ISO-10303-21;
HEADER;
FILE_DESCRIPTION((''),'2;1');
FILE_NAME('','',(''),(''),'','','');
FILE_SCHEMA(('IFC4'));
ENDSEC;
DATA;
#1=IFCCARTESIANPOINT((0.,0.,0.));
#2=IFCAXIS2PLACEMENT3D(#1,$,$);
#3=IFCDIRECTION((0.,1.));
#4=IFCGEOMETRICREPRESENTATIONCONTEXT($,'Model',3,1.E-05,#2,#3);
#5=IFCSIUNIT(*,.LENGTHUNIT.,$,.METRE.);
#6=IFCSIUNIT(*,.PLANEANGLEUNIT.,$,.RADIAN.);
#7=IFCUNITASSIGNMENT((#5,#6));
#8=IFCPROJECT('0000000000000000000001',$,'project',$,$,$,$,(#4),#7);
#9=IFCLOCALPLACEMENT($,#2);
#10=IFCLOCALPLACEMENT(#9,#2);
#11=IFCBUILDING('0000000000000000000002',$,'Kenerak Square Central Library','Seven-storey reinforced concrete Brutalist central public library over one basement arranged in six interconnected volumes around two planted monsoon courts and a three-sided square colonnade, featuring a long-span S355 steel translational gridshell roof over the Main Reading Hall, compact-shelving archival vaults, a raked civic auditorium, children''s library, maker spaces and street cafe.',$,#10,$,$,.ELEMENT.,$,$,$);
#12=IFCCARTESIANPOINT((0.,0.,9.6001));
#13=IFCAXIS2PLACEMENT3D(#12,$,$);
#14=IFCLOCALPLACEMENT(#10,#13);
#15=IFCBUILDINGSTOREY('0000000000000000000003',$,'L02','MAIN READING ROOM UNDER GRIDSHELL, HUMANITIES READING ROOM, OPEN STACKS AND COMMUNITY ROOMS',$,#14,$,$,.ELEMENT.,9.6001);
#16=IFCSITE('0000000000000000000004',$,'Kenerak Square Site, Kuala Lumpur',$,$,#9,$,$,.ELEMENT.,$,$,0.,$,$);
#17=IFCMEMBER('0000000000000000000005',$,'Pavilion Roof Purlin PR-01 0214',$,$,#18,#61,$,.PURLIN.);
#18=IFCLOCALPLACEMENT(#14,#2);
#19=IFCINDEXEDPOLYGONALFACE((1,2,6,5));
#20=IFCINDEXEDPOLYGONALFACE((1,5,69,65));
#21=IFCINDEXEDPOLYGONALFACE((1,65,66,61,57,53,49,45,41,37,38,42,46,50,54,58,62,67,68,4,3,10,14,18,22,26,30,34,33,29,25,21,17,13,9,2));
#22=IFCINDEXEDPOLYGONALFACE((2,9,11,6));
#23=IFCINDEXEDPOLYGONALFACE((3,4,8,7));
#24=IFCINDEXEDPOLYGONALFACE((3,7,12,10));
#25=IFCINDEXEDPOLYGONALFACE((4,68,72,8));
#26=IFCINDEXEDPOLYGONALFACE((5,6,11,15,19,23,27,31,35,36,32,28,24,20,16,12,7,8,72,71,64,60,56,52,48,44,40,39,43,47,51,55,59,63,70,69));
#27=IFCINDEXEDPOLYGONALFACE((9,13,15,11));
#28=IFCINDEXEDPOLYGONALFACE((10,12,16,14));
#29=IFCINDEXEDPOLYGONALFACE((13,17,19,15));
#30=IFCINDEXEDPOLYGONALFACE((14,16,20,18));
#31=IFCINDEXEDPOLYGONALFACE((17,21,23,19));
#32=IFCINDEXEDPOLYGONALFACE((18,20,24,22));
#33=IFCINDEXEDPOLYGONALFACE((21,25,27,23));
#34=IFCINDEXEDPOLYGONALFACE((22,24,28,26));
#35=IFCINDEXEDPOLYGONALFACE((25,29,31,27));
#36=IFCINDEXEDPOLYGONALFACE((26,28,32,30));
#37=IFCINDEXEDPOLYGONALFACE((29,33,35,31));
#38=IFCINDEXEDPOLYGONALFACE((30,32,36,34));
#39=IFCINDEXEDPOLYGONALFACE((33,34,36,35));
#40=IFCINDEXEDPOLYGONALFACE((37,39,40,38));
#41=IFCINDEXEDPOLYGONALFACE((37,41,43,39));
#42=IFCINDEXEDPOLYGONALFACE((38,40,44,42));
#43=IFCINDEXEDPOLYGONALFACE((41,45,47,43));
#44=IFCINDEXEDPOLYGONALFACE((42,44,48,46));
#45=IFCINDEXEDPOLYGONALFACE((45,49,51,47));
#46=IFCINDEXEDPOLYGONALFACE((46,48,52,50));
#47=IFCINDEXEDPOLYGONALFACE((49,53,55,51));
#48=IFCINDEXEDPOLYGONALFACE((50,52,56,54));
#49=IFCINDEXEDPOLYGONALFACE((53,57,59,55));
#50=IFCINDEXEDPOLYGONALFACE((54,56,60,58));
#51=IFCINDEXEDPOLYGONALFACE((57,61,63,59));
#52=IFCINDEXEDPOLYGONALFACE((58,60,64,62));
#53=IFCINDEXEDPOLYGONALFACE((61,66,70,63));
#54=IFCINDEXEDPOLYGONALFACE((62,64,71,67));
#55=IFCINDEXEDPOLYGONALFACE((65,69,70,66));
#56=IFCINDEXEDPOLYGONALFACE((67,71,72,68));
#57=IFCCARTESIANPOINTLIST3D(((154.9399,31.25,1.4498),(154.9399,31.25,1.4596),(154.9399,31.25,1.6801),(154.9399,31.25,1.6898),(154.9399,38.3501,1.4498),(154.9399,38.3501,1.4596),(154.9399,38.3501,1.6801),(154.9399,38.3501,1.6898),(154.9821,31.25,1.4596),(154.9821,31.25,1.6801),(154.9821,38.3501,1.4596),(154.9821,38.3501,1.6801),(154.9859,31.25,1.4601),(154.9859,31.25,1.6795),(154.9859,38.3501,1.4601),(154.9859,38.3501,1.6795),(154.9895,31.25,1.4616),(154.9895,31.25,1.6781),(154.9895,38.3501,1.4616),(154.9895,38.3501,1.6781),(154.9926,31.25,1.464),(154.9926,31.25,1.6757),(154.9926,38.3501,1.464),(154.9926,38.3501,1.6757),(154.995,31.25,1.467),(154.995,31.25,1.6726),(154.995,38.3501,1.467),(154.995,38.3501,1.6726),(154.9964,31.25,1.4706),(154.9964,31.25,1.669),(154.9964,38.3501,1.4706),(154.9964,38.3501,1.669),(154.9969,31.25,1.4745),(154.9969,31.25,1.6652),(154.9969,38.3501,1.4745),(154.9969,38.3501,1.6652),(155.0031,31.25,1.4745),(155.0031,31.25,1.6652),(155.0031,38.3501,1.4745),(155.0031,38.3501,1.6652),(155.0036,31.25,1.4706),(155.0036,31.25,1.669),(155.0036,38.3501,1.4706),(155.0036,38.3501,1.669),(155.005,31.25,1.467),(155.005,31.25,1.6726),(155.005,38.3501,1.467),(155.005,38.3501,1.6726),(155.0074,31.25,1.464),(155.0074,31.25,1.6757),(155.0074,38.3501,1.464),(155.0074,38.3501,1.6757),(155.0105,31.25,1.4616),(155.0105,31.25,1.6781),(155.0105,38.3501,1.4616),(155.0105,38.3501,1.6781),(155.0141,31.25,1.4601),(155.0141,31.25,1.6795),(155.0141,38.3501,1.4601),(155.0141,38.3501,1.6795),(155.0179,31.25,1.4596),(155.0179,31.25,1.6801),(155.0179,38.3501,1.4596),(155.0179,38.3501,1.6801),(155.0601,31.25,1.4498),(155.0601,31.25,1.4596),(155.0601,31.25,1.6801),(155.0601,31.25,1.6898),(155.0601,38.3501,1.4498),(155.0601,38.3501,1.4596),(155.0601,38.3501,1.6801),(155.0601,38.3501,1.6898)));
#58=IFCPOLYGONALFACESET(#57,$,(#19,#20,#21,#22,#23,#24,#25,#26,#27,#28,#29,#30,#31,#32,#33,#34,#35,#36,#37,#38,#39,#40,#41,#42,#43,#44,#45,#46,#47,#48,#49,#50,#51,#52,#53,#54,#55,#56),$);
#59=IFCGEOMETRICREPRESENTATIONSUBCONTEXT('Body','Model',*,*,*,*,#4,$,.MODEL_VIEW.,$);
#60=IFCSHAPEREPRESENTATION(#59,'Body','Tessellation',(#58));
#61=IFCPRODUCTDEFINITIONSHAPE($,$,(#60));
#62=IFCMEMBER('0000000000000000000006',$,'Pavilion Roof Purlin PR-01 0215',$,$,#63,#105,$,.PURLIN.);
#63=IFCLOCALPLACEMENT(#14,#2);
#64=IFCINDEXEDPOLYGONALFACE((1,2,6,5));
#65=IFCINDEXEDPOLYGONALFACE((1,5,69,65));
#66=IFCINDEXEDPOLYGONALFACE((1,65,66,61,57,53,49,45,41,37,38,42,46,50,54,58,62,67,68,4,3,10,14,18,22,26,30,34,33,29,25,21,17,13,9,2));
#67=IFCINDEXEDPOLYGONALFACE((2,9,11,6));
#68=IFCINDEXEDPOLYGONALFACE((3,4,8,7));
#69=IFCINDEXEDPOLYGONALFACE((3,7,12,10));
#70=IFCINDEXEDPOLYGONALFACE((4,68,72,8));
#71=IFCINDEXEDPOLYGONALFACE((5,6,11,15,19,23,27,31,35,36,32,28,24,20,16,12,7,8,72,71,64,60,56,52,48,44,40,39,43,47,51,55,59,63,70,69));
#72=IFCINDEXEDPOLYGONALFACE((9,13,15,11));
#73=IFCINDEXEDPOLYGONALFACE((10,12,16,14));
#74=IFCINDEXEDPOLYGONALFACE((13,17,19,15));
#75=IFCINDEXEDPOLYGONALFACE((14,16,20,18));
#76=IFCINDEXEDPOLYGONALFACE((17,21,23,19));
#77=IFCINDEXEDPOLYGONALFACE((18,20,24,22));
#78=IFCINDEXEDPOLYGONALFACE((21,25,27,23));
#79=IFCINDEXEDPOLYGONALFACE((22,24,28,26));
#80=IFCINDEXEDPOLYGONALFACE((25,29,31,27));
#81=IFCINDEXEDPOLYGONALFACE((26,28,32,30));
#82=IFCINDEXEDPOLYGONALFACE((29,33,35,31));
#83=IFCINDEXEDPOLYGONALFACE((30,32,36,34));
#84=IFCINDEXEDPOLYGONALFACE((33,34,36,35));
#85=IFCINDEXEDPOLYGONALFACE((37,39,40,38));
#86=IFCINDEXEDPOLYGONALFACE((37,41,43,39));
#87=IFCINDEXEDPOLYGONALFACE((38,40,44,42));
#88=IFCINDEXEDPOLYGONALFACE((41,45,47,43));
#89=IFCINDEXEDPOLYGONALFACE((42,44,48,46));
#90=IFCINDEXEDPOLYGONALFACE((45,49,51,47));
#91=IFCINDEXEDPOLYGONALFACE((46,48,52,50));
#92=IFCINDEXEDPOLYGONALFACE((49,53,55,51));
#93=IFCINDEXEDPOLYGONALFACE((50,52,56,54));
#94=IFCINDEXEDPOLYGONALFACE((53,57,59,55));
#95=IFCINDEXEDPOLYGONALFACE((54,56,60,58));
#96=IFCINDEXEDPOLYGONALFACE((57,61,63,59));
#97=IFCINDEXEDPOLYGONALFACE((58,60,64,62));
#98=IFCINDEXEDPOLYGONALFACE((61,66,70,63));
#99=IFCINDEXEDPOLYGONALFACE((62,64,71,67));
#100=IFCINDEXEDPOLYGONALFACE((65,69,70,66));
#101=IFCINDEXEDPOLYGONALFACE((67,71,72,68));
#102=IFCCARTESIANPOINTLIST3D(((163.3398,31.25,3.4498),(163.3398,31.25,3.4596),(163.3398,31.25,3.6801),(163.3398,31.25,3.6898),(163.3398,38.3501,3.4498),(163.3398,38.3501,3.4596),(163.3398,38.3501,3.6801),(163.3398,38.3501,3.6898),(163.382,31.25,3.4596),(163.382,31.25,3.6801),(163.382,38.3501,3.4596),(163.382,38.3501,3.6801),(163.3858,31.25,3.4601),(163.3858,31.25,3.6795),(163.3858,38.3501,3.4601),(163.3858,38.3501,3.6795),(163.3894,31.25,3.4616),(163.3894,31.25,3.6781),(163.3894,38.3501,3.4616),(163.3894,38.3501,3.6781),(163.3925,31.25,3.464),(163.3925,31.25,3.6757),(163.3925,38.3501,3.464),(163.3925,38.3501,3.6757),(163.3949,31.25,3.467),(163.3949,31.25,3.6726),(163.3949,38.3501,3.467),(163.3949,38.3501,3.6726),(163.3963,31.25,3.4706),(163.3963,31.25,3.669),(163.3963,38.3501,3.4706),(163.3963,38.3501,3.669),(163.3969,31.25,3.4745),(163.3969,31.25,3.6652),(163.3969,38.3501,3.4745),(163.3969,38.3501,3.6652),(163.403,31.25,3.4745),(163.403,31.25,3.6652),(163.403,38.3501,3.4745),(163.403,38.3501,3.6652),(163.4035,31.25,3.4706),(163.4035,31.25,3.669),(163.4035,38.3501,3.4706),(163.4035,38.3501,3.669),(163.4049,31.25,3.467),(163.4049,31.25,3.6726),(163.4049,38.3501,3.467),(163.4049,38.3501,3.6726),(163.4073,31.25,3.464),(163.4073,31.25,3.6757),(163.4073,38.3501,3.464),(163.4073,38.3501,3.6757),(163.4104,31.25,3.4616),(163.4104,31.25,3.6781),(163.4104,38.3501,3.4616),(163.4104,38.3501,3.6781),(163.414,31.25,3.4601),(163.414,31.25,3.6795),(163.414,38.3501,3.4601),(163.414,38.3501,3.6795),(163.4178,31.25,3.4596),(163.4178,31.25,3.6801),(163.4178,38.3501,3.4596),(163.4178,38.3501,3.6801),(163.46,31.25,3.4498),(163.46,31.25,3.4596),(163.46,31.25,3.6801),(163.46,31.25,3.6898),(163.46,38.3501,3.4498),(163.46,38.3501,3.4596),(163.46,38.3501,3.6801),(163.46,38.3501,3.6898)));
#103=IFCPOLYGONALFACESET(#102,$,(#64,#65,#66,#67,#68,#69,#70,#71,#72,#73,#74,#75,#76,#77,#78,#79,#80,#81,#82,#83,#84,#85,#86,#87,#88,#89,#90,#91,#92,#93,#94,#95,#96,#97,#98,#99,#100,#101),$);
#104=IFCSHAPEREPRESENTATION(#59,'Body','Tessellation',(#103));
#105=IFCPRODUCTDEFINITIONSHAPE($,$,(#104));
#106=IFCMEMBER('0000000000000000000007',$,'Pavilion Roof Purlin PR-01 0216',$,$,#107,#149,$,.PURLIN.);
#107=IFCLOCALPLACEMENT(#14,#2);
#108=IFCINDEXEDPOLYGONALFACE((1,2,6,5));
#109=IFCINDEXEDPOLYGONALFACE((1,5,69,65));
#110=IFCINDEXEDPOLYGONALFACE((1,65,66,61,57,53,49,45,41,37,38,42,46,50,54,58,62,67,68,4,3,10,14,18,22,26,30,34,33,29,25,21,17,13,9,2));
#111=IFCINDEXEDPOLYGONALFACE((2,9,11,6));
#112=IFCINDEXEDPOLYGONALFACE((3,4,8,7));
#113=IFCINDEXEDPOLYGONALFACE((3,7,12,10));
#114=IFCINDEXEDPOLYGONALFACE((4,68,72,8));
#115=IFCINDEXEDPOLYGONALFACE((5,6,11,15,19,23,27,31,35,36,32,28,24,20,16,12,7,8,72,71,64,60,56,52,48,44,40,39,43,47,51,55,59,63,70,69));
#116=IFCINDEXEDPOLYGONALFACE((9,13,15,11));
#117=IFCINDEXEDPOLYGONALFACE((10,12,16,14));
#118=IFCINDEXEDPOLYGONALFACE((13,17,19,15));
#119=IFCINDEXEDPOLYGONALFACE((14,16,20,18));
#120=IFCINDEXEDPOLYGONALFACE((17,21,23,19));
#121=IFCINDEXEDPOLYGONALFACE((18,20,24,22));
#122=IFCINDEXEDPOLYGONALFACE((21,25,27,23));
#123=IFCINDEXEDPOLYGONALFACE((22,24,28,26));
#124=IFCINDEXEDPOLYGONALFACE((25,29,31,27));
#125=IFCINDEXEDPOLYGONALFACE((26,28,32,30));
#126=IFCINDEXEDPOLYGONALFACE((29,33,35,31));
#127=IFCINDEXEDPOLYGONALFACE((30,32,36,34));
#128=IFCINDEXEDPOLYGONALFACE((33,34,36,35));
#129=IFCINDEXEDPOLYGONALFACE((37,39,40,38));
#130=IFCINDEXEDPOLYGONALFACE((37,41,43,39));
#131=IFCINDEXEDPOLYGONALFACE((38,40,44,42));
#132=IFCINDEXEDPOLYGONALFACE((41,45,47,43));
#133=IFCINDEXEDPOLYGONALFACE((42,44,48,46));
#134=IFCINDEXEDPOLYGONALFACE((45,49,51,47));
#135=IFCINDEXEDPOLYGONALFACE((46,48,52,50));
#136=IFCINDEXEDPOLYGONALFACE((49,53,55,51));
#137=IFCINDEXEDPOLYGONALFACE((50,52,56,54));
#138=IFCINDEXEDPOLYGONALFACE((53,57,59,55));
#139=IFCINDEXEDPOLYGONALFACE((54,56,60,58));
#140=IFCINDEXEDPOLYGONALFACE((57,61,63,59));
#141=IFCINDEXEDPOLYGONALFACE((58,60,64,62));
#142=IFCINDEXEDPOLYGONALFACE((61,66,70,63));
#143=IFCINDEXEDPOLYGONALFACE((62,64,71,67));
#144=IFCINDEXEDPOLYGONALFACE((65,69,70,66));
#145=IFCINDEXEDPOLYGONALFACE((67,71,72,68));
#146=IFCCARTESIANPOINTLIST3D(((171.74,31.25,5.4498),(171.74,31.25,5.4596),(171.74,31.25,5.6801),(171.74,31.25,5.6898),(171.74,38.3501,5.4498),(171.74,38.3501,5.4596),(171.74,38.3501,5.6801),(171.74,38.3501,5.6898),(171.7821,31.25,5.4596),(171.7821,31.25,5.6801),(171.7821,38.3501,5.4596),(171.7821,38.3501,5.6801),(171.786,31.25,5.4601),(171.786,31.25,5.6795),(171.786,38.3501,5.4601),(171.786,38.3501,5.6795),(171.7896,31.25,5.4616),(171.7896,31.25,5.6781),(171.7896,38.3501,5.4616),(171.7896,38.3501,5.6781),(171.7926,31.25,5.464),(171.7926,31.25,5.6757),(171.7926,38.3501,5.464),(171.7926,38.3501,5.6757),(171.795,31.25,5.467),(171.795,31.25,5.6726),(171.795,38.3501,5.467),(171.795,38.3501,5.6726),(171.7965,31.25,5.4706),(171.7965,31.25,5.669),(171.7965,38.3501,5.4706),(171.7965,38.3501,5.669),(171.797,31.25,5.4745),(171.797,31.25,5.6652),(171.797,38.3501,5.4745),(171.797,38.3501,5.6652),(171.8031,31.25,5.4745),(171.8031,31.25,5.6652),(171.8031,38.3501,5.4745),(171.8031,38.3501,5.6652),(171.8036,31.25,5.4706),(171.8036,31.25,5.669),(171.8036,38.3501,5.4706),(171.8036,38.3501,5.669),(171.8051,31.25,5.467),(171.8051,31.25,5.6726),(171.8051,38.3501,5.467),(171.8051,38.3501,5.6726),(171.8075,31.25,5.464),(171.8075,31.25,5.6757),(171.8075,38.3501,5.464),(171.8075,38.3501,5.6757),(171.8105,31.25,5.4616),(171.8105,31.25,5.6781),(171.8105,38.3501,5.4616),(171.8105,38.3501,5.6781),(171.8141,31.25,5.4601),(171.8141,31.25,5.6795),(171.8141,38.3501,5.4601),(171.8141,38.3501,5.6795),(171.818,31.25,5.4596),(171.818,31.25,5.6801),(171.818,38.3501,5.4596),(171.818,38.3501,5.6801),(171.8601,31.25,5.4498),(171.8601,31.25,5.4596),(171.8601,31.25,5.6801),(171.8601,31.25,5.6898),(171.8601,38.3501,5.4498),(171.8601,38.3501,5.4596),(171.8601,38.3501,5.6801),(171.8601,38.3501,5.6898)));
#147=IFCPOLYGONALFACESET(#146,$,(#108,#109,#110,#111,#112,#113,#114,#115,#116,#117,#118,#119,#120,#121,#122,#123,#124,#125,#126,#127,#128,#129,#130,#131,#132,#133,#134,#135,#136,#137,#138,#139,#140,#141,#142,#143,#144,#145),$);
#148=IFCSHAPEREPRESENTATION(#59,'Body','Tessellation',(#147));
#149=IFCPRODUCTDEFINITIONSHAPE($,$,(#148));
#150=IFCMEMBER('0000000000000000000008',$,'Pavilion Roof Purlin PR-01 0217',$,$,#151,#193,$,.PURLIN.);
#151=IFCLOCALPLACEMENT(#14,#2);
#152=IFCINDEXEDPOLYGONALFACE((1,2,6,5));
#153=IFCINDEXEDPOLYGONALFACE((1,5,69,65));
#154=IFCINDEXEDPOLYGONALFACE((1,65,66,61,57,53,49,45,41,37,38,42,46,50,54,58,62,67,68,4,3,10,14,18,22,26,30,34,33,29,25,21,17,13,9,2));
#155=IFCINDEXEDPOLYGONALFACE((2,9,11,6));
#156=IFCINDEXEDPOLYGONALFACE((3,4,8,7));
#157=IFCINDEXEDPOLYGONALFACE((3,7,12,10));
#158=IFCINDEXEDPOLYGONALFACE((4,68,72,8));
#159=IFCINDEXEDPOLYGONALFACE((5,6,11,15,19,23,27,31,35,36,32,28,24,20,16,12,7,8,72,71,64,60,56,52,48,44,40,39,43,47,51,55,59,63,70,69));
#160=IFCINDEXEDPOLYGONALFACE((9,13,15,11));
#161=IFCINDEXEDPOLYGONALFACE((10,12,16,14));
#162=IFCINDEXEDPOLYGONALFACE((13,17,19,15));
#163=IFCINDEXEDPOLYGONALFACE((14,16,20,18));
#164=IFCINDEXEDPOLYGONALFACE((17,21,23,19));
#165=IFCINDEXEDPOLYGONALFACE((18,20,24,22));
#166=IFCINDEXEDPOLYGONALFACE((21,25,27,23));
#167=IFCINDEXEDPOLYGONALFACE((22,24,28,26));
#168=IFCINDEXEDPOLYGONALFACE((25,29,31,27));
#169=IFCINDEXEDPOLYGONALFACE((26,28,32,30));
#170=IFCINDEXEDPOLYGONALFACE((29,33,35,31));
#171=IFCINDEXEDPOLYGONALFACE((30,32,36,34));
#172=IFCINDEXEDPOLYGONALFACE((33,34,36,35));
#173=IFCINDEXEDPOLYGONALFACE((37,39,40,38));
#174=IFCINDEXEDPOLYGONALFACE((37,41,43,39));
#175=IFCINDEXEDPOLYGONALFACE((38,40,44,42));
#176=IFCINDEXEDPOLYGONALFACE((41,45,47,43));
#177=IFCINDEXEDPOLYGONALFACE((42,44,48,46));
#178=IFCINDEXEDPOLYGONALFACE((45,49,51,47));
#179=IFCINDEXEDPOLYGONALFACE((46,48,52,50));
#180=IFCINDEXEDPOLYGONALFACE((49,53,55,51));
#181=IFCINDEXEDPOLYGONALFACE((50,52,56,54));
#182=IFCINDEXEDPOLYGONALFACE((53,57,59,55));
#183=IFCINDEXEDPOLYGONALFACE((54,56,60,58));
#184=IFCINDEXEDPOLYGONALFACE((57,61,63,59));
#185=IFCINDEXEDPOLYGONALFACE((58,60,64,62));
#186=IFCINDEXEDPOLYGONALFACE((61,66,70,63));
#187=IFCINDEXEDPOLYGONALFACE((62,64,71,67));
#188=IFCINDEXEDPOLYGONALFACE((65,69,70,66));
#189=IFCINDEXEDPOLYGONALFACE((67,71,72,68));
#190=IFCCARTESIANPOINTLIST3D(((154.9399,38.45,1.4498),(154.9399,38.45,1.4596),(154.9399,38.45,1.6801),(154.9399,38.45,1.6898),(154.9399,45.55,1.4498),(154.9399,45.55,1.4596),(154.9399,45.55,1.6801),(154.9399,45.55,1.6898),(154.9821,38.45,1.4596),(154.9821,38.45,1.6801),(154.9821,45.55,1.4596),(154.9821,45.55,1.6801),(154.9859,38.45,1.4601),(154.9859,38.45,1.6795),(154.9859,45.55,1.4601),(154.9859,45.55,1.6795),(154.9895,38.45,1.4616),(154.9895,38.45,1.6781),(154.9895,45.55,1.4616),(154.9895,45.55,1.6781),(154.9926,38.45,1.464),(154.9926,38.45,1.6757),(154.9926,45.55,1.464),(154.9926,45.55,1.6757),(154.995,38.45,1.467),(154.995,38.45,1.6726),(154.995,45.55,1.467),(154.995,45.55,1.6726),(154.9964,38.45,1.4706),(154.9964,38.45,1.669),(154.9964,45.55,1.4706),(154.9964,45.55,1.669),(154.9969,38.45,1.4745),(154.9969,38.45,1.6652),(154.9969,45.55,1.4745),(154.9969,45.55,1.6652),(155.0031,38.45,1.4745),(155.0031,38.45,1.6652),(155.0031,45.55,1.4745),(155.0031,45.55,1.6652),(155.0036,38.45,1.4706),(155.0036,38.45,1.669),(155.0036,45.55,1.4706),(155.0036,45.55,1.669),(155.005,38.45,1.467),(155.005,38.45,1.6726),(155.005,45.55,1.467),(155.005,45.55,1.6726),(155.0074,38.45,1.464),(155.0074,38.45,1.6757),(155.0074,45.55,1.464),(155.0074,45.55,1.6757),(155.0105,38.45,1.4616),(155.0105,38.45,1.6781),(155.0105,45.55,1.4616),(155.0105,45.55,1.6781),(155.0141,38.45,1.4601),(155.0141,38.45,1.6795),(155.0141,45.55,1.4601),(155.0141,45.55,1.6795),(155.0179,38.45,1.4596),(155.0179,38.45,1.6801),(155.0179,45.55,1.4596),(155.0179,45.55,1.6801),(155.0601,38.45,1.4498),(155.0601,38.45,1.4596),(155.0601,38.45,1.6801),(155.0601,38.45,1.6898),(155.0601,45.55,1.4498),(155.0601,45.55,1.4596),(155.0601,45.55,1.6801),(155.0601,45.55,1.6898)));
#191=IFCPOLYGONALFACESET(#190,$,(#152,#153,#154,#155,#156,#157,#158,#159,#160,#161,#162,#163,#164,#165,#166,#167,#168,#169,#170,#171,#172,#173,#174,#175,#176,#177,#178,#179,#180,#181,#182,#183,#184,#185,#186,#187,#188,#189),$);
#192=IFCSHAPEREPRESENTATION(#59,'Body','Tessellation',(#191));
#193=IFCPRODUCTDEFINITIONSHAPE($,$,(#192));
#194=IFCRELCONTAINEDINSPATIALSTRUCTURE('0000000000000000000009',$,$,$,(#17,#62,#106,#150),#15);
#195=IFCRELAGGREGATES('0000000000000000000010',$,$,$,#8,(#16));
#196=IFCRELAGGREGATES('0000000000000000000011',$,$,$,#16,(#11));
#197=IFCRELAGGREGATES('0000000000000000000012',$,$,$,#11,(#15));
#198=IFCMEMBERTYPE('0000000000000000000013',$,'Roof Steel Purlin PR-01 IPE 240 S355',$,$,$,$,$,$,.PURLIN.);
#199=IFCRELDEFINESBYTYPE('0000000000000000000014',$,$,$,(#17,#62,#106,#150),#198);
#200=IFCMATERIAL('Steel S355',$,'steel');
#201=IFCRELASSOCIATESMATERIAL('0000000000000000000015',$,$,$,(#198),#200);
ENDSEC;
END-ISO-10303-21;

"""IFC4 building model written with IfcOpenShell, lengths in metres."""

from ifc_helpers import new_model, si_unit, direction, frame, origin, origin_2d, place, context, subcontext, project, spatial, i_section, extrude, material, material_profile, profile_set, type_object, element, save


model = new_model("IFC4")

# Units and contexts
model_context = context("Model", 3, precision=1e-05, world=origin(), true_north=direction((0.0, 1.0)))
body_context = subcontext(model_context, "Body", "Model", "MODEL_VIEW")
ifc_project = project(units=[si_unit("LENGTHUNIT", "METRE"), si_unit("PLANEANGLEUNIT", "RADIAN")], contexts=[model_context])

# Site, building, storey
site_placement = place(None, origin())
site = spatial("IfcSite", under=ifc_project, at=site_placement, Name="Kenerak Square Site, Kuala Lumpur", CompositionType="ELEMENT", RefElevation=0.0)
building_placement = place(site_placement, origin())
building = spatial("IfcBuilding", under=site, at=building_placement, Name="Kenerak Square Central Library", Description="Seven-storey reinforced concrete Brutalist central public library over one basement arranged in six interconnected volumes around two planted monsoon courts and a three-sided square colonnade, featuring a long-span S355 steel translational gridshell roof over the Main Reading Hall, compact-shelving archival vaults, a raked civic auditorium, children's library, maker spaces and street cafe.", CompositionType="ELEMENT")
storey_placement = place(building_placement, frame((0.0, 0.0, 9.6001)))
storey = spatial("IfcBuildingStorey", under=building, at=storey_placement, Name="L02", Description="MAIN READING ROOM UNDER GRIDSHELL, HUMANITIES READING ROOM, OPEN STACKS AND COMMUNITY ROOMS", CompositionType="ELEMENT", Elevation=9.6001)

# Shared definitions
ifc_material_1 = material(Name="Steel S355", Category="steel")

# Members
ifc_material_profile_1 = material_profile(ifc_material_1, i_section(OverallWidth=0.1201, OverallDepth=0.24, WebThickness=0.0061, FlangeThickness=0.0098, FilletRadius=0.0149, at=origin_2d()), Name="IPE 240")
ifc_profile_set_1 = profile_set([ifc_material_profile_1], Name="Steel S355")
member_type_1 = type_object("IfcMemberType", Name="Roof Steel Purlin PR-01 IPE 240 S355", PredefinedType="PURLIN", material=ifc_profile_set_1)
for number, where, z_axis, x_axis, name in (
    (1, (155.0, 31.25, 1.5698), (0.0, 1.0, 0.0), (-1.0, 0.0, 0.0), "Pavilion Roof Purlin PR-01 0214"),
    (2, (163.3999, 31.25, 3.5698), (0.0, 1.0, 0.0), (-1.0, 0.0, 0.0), "Pavilion Roof Purlin PR-01 0215"),
    (3, (171.8, 31.25, 5.5698), (0.0, 1.0, 0.0), (-1.0, 0.0, 0.0), "Pavilion Roof Purlin PR-01 0216"),
    (4, (155.0, 38.45, 1.5698), (0.0, 1.0, 0.0), (-1.0, 0.0, 0.0), "Pavilion Roof Purlin PR-01 0217"),
):
    element("IfcMember", number, at=place(storey_placement, frame(where, z_axis=z_axis, x_axis=x_axis)), inside=storey, type_object=member_type_1, Name=name, PredefinedType="PURLIN", context=body_context, shape_type="SweptSolid", body=[
        extrude(i_section(OverallWidth=0.1201, OverallDepth=0.24, WebThickness=0.0061, FlangeThickness=0.0098, FilletRadius=0.0149, at=origin_2d()), origin(), (0.0, 0.0, 1.0), 7.1001),
    ])

save(model, "model.ifc")
